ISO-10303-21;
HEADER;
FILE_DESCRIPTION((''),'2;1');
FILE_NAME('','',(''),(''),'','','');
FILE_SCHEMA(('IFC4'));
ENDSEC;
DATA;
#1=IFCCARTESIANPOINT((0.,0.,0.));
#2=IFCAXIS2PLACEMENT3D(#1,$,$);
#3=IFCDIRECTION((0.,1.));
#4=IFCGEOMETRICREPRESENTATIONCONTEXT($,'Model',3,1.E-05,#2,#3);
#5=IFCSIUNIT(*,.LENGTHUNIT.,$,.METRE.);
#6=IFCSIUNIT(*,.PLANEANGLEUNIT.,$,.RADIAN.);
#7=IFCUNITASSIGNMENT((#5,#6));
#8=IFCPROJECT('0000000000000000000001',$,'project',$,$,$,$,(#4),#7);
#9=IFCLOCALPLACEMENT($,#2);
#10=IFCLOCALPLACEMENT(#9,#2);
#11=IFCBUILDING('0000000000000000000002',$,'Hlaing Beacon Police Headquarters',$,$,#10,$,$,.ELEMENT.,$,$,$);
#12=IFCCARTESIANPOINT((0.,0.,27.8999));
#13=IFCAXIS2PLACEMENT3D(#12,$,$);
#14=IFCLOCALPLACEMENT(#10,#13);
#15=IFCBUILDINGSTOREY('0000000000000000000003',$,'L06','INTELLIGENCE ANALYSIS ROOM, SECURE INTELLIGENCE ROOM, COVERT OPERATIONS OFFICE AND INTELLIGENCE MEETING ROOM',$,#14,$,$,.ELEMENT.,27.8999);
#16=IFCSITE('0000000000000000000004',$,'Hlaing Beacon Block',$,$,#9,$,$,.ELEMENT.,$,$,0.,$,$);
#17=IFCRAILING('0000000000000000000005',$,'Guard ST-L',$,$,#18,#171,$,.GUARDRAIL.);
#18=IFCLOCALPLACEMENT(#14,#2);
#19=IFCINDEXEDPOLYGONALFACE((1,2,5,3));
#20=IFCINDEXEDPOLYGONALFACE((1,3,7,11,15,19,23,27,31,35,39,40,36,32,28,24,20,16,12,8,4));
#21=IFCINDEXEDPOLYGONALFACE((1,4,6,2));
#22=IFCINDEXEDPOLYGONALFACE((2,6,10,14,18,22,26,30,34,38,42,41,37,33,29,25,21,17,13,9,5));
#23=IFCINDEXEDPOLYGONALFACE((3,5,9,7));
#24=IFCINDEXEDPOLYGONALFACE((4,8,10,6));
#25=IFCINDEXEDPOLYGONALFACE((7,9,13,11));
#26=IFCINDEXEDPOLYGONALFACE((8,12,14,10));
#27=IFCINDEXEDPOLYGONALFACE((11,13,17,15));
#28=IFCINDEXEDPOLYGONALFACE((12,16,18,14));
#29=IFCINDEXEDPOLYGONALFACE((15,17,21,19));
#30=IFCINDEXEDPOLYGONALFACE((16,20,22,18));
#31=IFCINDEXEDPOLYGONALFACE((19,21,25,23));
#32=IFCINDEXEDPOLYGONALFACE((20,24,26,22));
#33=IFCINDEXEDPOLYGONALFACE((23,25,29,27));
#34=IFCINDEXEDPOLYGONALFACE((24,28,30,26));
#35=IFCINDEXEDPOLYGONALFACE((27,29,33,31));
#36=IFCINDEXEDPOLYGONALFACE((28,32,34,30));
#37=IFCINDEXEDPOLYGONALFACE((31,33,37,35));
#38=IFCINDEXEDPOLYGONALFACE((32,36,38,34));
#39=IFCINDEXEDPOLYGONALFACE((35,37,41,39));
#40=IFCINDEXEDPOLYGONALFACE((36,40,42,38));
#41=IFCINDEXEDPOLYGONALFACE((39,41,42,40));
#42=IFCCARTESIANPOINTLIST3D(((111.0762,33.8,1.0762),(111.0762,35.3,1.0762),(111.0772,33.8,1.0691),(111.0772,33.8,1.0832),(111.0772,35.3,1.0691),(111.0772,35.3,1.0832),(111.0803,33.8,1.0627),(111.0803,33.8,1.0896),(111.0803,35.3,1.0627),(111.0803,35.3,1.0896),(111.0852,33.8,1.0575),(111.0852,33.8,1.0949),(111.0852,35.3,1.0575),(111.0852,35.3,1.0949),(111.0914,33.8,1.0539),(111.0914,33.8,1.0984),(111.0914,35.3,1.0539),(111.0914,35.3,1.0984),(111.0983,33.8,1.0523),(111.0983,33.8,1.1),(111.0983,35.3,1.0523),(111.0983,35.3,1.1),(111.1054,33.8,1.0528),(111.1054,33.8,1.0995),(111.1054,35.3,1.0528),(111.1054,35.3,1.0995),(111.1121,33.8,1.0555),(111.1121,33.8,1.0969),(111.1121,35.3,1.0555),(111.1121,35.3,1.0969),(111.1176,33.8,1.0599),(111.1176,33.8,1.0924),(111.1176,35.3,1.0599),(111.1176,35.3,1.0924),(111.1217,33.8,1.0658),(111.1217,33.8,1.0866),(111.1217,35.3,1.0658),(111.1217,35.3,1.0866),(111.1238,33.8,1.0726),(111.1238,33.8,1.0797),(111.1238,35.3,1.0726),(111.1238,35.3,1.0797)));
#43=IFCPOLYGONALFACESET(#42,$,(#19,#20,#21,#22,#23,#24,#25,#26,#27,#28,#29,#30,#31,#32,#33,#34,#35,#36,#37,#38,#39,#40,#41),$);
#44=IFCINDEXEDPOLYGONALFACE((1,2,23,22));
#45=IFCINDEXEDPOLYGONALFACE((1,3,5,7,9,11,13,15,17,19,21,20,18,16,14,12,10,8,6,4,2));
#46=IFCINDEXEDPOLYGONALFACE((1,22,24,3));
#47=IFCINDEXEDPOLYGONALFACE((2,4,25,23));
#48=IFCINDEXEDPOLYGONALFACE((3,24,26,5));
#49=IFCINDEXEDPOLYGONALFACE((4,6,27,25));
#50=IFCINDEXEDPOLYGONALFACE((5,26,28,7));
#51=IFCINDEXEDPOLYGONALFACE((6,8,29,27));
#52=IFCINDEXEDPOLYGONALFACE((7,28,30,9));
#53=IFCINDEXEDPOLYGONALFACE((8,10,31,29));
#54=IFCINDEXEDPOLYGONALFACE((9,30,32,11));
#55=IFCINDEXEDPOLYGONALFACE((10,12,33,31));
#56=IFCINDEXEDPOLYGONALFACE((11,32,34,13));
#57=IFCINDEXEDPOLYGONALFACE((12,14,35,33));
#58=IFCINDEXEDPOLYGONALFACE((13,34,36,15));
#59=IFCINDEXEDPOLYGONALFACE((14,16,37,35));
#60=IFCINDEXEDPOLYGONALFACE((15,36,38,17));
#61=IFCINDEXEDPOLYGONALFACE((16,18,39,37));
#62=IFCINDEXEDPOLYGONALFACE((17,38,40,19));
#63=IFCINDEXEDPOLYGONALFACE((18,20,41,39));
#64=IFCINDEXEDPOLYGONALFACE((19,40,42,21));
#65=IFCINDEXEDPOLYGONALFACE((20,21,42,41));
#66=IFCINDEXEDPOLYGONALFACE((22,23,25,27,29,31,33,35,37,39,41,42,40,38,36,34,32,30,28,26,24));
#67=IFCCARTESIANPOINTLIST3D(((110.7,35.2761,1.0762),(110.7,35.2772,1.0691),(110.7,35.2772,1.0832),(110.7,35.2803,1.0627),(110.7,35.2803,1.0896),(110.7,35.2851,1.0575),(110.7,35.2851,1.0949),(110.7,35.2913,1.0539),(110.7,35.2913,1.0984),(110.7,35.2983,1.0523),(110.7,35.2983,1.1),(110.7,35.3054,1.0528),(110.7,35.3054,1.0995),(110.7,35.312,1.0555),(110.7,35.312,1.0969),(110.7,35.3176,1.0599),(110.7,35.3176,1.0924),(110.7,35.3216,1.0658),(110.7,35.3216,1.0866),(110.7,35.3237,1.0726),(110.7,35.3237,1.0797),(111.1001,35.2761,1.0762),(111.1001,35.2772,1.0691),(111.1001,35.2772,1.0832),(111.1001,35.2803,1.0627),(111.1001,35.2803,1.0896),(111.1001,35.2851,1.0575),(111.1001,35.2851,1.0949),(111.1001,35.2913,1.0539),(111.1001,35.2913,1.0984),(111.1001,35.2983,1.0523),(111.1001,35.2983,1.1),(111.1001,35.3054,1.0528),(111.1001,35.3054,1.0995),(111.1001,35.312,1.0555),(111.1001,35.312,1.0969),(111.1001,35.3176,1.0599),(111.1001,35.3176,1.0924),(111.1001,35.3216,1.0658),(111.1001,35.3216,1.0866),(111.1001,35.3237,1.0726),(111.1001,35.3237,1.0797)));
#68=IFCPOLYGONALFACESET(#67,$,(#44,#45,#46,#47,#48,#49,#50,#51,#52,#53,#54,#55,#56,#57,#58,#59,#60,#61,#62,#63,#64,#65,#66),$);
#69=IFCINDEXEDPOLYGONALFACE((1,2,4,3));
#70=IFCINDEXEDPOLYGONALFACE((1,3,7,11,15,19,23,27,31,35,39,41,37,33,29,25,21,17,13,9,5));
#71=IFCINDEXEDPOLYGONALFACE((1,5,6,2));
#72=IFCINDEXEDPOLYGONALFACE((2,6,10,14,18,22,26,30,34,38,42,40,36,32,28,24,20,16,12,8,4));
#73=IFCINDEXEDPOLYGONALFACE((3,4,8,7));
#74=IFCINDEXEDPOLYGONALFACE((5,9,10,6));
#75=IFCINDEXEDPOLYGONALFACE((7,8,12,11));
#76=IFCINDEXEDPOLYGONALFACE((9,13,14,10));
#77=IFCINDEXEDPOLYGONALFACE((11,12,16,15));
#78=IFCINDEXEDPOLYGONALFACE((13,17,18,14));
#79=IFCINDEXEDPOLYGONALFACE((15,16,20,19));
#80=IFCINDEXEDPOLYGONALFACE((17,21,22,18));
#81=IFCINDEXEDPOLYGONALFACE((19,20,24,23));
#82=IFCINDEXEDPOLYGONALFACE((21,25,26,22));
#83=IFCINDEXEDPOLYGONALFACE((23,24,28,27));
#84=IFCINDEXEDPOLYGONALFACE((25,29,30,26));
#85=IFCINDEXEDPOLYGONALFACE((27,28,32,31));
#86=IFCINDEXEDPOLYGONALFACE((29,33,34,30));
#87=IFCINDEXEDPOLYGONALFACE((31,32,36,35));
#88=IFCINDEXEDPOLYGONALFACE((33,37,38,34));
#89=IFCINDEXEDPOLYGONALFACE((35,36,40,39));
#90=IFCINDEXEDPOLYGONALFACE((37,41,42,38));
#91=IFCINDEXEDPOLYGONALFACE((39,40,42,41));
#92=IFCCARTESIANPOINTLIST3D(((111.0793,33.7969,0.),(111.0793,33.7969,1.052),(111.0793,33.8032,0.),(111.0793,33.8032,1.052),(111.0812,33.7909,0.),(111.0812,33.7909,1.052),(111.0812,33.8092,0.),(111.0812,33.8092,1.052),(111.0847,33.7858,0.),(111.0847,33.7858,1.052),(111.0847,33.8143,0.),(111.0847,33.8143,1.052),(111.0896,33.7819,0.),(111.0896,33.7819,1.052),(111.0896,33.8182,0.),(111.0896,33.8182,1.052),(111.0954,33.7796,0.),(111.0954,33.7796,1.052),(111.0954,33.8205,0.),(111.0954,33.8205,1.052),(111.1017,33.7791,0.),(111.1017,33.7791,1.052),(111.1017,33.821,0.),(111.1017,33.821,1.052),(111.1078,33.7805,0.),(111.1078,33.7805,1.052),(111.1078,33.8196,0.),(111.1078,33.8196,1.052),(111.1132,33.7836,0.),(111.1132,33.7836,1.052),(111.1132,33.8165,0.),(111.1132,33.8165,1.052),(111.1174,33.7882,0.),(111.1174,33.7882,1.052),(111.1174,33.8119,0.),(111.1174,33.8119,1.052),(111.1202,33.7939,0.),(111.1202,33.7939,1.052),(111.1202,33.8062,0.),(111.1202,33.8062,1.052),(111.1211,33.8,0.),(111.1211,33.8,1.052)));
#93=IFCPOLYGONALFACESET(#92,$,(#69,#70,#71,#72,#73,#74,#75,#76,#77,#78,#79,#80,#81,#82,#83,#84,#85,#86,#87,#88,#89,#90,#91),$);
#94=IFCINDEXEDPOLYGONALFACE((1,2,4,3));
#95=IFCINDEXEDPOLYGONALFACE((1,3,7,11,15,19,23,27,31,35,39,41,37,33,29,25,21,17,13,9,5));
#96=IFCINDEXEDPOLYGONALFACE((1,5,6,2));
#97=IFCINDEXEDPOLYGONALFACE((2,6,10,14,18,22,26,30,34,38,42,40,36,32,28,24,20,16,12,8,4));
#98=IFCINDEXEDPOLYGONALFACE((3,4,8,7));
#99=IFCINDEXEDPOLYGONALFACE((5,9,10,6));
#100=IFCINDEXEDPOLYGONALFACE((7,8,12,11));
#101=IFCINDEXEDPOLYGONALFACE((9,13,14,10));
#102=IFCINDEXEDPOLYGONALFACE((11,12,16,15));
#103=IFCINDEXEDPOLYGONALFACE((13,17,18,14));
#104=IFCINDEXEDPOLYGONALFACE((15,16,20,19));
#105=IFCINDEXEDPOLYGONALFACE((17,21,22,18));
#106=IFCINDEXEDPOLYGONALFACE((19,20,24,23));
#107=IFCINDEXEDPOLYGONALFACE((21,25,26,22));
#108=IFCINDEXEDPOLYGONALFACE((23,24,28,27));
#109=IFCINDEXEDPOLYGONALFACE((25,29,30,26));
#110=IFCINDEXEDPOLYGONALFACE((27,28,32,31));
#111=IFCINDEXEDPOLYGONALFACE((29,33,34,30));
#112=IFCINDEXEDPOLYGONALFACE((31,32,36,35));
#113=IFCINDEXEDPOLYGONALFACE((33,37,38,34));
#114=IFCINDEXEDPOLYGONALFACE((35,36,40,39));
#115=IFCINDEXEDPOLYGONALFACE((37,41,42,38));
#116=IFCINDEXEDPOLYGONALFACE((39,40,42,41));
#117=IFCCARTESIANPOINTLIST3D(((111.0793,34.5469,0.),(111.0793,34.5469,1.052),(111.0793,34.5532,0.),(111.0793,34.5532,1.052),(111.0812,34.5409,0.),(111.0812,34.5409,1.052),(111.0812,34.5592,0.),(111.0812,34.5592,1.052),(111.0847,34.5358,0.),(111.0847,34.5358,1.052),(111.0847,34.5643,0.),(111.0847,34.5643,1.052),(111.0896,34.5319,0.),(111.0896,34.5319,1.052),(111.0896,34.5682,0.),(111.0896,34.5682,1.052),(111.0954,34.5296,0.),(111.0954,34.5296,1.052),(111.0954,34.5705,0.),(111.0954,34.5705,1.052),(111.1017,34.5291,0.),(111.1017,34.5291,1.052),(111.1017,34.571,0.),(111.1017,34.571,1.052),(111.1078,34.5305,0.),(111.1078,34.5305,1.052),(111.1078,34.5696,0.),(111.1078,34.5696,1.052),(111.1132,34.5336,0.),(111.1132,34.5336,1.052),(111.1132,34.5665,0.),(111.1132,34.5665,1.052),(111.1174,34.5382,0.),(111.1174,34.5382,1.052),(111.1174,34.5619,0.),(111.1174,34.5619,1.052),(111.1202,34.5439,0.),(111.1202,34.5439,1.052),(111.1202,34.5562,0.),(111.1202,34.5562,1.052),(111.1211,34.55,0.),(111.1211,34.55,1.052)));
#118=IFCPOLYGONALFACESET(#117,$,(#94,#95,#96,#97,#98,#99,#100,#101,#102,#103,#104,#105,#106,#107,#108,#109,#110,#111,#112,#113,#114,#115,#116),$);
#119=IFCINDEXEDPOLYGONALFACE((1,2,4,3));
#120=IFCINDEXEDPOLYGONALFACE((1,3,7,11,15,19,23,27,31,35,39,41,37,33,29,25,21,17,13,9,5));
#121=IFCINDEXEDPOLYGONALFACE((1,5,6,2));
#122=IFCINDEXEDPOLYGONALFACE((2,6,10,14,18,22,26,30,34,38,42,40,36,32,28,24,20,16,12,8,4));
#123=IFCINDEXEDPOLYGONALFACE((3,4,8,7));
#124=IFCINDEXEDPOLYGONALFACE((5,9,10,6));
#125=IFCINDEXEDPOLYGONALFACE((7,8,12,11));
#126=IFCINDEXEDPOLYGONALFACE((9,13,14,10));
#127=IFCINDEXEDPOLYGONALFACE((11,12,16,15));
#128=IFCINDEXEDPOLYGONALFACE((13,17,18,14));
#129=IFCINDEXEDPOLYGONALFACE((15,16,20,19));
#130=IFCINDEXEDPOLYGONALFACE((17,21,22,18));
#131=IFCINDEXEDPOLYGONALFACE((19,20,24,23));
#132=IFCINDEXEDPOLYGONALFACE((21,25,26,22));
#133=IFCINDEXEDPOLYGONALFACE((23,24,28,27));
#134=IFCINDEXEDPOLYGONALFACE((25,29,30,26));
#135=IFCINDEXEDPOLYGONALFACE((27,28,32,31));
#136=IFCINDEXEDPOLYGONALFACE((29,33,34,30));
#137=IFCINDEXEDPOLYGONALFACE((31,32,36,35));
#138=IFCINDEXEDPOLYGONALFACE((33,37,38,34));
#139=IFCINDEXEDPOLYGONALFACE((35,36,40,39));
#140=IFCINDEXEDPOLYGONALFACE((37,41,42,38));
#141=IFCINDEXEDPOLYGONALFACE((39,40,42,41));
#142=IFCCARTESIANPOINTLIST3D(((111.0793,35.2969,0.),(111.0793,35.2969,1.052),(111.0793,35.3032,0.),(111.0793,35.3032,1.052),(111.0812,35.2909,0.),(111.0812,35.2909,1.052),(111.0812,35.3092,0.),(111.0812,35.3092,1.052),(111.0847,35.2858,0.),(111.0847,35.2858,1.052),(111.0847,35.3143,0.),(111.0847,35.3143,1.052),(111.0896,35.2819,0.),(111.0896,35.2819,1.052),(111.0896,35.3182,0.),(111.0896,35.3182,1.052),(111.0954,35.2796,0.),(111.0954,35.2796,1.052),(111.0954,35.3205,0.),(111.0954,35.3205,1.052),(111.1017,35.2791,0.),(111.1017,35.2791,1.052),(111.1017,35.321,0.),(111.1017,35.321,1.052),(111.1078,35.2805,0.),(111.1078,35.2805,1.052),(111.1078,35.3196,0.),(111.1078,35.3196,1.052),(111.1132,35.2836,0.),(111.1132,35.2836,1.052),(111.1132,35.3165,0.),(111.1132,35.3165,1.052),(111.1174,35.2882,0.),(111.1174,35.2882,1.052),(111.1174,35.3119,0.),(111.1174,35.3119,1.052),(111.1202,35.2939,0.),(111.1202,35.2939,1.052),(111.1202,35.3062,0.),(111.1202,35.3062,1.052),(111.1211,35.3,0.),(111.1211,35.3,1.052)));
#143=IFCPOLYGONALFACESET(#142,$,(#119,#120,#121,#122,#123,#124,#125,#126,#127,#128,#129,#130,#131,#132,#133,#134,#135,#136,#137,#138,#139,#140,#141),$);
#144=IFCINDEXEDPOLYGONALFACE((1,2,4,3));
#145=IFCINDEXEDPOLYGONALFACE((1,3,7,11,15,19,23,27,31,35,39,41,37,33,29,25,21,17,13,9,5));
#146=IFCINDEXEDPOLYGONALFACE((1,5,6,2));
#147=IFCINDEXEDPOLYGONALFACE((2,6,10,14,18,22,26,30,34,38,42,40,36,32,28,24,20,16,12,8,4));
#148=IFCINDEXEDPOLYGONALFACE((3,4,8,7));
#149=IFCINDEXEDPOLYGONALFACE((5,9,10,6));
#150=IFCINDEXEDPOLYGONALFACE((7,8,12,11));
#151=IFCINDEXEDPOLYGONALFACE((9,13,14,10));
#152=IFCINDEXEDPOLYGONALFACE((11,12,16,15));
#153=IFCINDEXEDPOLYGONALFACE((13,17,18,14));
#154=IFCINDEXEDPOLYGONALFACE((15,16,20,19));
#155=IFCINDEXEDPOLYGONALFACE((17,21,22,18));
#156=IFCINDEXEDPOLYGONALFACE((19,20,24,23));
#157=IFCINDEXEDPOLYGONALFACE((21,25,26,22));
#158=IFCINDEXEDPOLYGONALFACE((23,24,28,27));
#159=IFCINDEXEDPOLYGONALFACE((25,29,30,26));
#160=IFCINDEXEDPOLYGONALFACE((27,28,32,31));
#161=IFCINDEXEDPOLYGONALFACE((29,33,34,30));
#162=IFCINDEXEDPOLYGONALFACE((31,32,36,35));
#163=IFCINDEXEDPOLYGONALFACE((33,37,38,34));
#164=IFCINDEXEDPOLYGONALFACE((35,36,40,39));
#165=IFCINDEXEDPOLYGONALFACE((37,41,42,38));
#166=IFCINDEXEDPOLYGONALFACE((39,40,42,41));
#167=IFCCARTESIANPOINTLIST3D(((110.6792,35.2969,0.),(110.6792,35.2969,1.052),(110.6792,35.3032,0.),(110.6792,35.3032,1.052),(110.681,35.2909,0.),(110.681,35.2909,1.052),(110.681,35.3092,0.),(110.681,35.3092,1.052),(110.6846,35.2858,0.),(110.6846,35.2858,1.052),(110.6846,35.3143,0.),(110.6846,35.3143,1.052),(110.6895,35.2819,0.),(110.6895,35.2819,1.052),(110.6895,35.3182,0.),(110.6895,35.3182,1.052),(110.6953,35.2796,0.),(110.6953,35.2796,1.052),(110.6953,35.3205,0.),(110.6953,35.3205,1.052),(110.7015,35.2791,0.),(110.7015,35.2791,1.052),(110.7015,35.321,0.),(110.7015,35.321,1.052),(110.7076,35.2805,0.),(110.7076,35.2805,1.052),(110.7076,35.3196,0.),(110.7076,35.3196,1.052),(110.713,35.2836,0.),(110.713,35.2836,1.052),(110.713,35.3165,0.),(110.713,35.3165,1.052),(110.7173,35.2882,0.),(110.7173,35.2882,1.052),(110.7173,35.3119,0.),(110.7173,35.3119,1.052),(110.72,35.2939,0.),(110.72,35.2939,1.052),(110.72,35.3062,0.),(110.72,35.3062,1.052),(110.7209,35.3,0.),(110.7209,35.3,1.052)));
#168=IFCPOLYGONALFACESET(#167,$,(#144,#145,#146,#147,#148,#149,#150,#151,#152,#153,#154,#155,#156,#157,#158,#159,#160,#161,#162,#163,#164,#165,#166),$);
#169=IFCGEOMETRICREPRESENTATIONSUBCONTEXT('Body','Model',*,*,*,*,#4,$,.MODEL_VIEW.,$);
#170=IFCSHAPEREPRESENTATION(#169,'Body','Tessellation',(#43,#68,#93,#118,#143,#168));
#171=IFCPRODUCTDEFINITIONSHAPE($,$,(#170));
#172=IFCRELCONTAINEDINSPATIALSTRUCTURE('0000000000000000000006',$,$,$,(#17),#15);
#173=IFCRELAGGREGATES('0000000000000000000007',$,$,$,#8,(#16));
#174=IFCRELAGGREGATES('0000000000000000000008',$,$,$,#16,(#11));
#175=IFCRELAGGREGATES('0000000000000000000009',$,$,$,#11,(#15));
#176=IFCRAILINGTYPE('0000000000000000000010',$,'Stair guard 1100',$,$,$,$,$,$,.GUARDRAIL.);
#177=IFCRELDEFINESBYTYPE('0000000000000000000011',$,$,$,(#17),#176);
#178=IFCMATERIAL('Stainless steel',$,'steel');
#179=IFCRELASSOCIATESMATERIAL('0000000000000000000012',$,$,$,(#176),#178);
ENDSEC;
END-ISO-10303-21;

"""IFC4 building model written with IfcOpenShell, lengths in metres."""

from ifc_helpers import new_model, si_unit, direction, frame, origin, origin_2d, place, context, subcontext, project, spatial, circle, extrude, material, type_object, element, save


model = new_model("IFC4")

# Units and contexts
model_context = context("Model", 3, precision=1e-05, world=origin(), true_north=direction((0.0, 1.0)))
body_context = subcontext(model_context, "Body", "Model", "MODEL_VIEW")
ifc_project = project(units=[si_unit("LENGTHUNIT", "METRE"), si_unit("PLANEANGLEUNIT", "RADIAN")], contexts=[model_context])

# Site, building, storey
site_placement = place(None, origin())
site = spatial("IfcSite", under=ifc_project, at=site_placement, Name="Hlaing Beacon Block", CompositionType="ELEMENT", RefElevation=0.0)
building_placement = place(site_placement, origin())
building = spatial("IfcBuilding", under=site, at=building_placement, Name="Hlaing Beacon Police Headquarters", CompositionType="ELEMENT")
storey_placement = place(building_placement, frame((0.0, 0.0, 27.8999)))
storey = spatial("IfcBuildingStorey", under=building, at=storey_placement, Name="L06", Description="INTELLIGENCE ANALYSIS ROOM, SECURE INTELLIGENCE ROOM, COVERT OPERATIONS OFFICE AND INTELLIGENCE MEETING ROOM", CompositionType="ELEMENT", Elevation=27.8999)

# Railing
ifc_material_1 = material(Name="Stainless steel", Category="steel")
railing_type_1 = type_object("IfcRailingType", Name="Stair guard 1100", PredefinedType="GUARDRAIL", material=ifc_material_1)
railing_placement = place(storey_placement, frame((111.1001, 33.8, 0.0)))
element("IfcRailing", 1, at=railing_placement, inside=storey, type_object=railing_type_1, Name="Guard ST-L", PredefinedType="GUARDRAIL", context=body_context, shape_type="SweptSolid", body=[
    extrude(circle(Radius=0.0239, at=origin_2d()), frame((0.0, 0.0, 1.0762), z_axis=(0.0, 1.0, 0.0), x_axis=(-1.0, 0.0, 0.0)), (0.0, 0.0, 1.0), 1.5),
    extrude(circle(Radius=0.0239, at=origin_2d()), frame((0.0, 1.5, 1.0762), z_axis=(-1.0, 0.0, 0.0), x_axis=(0.0, -1.0, 0.0)), (0.0, 0.0, 1.0), 0.4001),
    extrude(circle(Radius=0.021, at=origin_2d()), origin(), (0.0, 0.0, 1.0), 1.052),
    extrude(circle(Radius=0.021, at=origin_2d()), frame((0.0, 0.75, 0.0)), (0.0, 0.0, 1.0), 1.052),
    extrude(circle(Radius=0.021, at=origin_2d()), frame((0.0, 1.5, 0.0)), (0.0, 0.0, 1.0), 1.052),
    extrude(circle(Radius=0.021, at=origin_2d()), frame((-0.4001, 1.5, 0.0)), (0.0, 0.0, 1.0), 1.052),
])

save(model, "model.ifc")
